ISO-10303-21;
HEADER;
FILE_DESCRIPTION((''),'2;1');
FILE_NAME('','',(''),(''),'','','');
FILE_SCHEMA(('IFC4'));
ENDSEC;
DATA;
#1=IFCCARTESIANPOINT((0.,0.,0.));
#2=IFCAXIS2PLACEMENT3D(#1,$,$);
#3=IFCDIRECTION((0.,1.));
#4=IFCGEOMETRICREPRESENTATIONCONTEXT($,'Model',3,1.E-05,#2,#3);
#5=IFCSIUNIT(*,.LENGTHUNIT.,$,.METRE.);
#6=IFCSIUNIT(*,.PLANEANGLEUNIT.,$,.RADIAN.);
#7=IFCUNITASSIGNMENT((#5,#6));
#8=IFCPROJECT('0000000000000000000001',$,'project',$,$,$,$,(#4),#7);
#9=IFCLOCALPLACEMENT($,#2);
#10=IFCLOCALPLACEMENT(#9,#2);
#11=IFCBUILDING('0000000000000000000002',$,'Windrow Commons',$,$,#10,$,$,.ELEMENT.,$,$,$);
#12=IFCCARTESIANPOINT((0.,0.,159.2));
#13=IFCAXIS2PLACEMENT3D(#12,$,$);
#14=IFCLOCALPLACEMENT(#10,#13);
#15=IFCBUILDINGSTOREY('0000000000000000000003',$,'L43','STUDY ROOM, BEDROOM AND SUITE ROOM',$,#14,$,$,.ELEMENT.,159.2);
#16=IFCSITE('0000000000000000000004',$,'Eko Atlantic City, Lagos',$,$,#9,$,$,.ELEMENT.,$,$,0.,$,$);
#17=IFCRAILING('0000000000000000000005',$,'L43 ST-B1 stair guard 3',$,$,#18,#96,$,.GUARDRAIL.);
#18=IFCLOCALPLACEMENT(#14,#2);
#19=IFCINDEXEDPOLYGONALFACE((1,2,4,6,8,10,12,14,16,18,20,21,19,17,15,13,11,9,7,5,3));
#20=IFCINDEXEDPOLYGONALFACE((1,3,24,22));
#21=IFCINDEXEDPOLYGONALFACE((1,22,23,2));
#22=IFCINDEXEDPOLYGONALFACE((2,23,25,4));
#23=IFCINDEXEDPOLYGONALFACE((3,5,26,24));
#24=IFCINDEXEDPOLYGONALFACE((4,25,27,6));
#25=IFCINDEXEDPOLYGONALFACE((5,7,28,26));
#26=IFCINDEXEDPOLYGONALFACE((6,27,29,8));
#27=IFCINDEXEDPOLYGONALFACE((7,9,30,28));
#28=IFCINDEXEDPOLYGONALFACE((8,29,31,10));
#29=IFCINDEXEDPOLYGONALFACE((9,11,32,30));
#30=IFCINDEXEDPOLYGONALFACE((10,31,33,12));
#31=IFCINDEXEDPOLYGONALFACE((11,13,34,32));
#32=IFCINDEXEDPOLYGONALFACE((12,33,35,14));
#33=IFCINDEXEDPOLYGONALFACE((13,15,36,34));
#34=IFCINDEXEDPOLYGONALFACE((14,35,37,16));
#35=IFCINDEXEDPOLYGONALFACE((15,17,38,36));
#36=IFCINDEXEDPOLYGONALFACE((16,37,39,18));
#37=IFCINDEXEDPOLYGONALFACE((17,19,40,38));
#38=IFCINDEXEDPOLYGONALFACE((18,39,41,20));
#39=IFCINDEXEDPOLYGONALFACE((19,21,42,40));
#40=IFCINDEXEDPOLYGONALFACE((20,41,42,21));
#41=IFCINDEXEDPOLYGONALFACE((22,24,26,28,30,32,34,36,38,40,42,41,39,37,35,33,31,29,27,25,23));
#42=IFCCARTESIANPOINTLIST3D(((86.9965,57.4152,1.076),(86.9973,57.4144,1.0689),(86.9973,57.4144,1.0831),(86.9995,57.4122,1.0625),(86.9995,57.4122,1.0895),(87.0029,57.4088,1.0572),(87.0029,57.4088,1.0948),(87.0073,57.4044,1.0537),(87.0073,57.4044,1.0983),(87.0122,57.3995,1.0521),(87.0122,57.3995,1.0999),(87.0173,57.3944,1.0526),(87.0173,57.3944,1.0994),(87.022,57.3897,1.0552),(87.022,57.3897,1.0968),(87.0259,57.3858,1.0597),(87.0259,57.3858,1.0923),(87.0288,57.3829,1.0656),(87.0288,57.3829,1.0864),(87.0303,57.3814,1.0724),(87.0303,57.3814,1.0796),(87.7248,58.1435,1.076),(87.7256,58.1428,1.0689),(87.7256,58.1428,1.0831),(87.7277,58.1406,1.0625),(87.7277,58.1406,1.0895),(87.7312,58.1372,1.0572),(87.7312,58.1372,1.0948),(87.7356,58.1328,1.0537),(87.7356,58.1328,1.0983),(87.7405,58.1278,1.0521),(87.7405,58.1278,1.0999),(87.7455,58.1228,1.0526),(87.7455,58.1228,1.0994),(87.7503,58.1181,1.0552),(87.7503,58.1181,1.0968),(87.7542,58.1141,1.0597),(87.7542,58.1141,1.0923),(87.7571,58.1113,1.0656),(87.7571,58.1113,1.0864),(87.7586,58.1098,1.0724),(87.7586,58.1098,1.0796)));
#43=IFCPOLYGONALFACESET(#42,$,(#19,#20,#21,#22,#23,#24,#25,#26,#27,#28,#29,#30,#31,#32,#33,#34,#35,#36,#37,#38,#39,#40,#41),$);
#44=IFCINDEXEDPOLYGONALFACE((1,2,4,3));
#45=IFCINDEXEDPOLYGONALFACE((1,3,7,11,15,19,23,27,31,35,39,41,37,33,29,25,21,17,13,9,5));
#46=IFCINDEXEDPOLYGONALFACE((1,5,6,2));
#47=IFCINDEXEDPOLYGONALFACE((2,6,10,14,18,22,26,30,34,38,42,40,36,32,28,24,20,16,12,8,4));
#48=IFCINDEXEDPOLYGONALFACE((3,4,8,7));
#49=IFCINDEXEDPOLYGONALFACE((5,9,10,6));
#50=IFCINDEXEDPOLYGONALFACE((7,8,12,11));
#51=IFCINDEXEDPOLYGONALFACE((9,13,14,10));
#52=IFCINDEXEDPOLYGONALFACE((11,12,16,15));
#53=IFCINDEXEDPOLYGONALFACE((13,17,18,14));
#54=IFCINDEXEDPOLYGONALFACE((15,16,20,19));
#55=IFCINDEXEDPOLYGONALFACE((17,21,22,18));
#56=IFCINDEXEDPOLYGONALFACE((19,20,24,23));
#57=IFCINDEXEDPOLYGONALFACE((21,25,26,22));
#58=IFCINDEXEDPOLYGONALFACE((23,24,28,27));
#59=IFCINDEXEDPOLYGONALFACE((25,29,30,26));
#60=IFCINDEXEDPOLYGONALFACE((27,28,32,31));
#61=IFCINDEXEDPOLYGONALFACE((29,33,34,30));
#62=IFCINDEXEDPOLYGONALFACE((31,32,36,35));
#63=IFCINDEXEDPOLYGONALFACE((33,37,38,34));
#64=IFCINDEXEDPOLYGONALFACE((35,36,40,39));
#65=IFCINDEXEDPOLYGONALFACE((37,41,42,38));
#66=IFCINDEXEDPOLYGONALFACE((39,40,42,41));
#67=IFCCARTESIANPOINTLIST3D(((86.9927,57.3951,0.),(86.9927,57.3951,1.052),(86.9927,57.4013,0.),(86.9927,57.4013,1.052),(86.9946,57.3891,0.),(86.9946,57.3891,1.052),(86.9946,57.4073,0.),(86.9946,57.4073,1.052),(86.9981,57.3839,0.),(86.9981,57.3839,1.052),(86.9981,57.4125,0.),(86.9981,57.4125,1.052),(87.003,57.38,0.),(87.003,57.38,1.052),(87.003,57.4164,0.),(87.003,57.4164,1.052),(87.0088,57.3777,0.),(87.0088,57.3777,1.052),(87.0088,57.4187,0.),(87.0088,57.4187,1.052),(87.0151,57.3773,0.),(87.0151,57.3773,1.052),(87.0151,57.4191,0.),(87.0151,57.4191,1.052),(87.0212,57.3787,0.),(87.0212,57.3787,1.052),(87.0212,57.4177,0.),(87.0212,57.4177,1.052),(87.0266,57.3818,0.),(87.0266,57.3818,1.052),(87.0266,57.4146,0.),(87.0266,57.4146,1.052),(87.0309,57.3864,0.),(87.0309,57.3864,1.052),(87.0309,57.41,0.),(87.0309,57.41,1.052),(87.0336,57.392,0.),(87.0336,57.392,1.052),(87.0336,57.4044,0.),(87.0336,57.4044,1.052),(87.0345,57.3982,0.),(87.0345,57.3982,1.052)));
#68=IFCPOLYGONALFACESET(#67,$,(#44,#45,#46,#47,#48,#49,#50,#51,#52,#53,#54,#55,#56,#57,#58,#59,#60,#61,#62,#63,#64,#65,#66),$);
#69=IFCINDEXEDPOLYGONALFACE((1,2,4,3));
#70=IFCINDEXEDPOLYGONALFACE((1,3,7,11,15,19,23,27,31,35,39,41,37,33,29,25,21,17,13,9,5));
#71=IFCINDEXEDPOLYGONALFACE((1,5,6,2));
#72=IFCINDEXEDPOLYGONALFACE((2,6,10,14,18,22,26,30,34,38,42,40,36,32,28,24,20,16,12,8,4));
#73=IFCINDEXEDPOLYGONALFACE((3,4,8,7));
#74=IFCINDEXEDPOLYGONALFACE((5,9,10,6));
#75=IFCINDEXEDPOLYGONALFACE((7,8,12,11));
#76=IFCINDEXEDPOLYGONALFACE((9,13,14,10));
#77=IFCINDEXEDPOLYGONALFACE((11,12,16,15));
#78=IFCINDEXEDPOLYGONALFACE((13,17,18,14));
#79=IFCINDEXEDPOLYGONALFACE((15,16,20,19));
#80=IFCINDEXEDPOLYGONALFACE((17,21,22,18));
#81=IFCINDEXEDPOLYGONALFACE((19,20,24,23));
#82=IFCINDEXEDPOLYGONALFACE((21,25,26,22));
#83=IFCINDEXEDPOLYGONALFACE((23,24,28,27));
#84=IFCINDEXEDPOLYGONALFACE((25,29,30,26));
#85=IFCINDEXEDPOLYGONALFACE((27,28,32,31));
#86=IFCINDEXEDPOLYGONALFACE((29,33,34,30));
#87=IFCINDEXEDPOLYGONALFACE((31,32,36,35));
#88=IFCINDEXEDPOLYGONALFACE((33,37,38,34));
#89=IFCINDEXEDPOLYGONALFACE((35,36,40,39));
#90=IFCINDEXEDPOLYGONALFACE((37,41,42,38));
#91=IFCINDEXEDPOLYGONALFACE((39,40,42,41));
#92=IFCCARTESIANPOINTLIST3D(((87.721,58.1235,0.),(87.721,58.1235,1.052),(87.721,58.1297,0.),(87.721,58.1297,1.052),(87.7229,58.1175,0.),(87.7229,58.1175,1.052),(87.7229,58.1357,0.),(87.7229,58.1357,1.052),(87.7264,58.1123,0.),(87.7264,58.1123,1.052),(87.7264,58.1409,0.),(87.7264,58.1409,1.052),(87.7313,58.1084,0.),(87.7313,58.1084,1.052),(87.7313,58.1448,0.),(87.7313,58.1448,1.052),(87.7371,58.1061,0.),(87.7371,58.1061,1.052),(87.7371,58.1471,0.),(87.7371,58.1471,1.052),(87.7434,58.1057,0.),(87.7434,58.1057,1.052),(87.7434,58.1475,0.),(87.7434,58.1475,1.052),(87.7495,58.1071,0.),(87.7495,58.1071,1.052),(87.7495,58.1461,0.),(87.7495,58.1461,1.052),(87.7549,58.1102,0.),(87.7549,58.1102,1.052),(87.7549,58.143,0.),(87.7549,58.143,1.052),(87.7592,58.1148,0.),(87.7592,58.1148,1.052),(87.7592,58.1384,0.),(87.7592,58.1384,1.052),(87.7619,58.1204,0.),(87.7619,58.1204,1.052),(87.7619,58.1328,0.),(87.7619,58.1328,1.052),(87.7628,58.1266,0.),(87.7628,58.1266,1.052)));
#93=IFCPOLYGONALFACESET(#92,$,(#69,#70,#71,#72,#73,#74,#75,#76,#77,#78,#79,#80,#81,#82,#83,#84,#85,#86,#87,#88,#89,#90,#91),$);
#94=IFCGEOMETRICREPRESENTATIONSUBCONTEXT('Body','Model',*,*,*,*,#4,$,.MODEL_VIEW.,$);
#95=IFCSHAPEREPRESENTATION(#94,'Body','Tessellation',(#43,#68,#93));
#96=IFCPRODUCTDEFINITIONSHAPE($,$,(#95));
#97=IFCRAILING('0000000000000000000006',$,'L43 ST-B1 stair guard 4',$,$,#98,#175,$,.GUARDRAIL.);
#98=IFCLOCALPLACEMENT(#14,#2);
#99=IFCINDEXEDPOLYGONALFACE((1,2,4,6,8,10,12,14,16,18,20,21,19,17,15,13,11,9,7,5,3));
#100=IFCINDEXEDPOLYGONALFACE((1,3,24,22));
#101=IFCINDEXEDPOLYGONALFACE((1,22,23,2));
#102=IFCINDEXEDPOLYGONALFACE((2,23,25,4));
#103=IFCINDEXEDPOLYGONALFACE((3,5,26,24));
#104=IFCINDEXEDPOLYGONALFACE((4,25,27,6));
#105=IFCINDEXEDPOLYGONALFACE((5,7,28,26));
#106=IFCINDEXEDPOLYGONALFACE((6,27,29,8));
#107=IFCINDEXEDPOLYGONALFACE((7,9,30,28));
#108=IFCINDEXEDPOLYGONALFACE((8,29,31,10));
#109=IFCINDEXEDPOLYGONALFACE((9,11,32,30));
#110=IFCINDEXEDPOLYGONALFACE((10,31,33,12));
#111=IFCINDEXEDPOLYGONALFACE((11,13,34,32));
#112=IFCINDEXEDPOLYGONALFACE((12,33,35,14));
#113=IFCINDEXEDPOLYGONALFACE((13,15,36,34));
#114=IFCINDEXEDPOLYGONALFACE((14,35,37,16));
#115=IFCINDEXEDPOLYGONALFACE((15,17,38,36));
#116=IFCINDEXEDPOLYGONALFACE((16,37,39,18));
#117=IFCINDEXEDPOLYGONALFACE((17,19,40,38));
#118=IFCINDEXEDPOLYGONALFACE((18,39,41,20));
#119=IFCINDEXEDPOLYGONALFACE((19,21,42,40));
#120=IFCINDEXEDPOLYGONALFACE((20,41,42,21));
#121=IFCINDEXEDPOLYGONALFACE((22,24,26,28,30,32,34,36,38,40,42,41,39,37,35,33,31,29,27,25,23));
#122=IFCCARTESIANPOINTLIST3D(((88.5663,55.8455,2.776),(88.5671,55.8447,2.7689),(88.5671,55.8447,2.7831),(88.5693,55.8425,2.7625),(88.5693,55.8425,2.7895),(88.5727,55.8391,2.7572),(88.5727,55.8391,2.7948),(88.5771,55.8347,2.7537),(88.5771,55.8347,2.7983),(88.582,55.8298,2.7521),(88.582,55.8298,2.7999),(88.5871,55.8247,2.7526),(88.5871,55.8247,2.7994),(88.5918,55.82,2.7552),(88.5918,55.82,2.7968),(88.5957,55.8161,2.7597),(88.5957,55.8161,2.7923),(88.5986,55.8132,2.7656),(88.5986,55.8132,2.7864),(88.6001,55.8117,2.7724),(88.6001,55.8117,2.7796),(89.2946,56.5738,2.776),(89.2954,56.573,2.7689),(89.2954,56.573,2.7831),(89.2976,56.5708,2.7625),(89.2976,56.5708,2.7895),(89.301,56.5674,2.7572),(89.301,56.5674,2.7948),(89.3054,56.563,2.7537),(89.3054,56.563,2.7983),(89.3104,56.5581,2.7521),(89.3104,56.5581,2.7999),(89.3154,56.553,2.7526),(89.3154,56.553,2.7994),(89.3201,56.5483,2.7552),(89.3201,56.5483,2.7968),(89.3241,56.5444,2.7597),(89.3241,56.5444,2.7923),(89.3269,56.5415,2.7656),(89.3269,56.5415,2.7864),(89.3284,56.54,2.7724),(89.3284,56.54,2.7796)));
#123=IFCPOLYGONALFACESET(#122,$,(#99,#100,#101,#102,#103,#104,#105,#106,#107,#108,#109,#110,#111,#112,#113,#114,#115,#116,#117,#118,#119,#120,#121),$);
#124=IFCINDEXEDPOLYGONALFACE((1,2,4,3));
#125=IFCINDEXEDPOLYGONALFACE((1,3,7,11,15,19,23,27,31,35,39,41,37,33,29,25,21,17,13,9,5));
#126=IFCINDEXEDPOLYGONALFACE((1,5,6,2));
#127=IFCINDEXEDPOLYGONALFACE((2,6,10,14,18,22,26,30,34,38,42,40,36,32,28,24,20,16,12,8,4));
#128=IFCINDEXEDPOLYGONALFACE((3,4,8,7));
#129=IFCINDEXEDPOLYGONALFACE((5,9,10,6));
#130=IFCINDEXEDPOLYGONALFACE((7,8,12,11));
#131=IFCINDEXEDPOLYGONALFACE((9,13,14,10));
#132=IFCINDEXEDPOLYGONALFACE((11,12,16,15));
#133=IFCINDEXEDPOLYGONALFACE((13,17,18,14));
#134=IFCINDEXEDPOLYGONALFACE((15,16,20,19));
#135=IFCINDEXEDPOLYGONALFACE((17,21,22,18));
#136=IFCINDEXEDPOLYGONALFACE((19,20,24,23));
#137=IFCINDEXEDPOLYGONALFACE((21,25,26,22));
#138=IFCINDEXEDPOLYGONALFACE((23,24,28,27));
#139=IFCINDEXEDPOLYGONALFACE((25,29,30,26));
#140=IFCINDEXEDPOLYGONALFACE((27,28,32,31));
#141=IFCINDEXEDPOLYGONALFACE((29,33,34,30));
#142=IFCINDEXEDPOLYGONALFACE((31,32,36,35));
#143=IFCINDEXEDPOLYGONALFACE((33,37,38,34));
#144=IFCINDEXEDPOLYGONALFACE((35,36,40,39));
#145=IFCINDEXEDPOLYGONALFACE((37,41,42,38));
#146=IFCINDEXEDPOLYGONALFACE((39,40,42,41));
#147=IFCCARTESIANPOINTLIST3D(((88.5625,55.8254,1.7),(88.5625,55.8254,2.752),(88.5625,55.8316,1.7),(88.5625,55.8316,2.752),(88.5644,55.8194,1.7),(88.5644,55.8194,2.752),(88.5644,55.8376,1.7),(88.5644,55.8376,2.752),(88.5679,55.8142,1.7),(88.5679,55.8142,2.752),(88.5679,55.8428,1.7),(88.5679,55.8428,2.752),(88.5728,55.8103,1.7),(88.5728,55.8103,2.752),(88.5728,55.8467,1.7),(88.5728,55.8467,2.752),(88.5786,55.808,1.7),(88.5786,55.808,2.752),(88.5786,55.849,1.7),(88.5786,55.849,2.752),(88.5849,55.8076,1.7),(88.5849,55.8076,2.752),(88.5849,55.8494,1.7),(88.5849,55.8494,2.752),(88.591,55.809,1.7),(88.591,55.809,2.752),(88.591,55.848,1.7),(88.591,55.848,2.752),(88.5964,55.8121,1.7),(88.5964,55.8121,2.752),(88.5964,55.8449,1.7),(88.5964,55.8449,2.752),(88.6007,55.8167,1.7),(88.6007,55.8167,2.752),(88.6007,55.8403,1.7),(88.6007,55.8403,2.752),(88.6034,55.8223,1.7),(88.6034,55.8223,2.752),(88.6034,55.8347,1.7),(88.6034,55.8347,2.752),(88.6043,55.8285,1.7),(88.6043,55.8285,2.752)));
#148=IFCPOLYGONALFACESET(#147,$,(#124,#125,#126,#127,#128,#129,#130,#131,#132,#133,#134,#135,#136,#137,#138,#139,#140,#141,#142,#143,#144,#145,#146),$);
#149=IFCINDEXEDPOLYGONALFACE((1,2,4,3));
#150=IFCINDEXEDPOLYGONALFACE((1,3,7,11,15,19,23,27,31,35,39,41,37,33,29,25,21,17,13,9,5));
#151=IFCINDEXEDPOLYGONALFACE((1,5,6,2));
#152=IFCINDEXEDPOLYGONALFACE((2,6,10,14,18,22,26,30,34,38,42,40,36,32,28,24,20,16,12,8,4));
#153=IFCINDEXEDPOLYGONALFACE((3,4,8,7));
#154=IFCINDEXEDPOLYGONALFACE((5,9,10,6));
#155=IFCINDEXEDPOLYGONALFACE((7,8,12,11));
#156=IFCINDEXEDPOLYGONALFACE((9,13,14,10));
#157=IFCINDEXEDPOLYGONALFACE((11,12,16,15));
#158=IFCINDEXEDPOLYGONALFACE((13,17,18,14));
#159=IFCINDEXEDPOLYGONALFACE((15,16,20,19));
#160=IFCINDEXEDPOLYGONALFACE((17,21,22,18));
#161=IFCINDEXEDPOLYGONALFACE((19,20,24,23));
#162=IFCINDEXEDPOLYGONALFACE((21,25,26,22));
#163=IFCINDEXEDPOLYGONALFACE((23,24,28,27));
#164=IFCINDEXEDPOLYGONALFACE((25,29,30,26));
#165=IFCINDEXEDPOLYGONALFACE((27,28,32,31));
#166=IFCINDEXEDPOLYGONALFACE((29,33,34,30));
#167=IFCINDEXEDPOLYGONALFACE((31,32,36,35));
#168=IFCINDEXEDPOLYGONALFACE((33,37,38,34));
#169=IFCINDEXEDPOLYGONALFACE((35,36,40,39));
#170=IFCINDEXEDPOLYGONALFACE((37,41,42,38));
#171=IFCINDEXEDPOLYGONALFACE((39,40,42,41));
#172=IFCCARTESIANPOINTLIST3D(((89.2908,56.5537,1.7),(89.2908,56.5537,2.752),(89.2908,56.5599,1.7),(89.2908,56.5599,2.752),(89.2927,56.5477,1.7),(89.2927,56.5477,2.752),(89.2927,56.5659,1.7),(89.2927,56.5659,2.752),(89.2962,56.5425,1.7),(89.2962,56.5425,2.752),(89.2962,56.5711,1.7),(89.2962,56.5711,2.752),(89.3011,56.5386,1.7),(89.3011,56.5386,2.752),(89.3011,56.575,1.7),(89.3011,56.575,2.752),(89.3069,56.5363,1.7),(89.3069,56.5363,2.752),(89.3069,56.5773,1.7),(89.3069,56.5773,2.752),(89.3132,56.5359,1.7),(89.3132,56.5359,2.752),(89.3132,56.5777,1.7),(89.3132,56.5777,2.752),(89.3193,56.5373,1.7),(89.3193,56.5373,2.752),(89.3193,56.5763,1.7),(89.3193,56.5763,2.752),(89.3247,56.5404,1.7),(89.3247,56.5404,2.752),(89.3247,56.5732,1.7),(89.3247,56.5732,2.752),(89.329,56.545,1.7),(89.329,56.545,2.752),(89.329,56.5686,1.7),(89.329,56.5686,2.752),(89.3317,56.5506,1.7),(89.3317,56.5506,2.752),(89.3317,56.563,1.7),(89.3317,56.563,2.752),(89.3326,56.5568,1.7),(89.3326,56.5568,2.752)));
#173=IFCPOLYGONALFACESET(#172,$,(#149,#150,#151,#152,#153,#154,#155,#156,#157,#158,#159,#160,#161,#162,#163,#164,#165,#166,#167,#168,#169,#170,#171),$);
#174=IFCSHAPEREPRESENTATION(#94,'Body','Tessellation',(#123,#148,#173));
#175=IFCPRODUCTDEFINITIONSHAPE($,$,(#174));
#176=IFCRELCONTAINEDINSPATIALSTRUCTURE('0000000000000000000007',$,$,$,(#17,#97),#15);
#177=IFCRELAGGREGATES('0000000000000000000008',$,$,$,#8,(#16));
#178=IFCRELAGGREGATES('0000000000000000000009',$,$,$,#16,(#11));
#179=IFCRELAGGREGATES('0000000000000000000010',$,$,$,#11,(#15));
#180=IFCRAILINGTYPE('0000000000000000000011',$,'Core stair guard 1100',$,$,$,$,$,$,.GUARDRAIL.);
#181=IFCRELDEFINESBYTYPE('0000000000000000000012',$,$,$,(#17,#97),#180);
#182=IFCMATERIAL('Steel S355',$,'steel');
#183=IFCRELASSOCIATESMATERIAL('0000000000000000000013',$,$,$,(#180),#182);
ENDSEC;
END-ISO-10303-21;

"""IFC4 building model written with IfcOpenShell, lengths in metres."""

from ifc_helpers import new_model, si_unit, direction, frame, origin, origin_2d, place, context, subcontext, project, spatial, circle, extrude, material, type_object, element, save


model = new_model("IFC4")

# Units and contexts
model_context = context("Model", 3, precision=1e-05, world=origin(), true_north=direction((0.0, 1.0)))
body_context = subcontext(model_context, "Body", "Model", "MODEL_VIEW")
ifc_project = project(units=[si_unit("LENGTHUNIT", "METRE"), si_unit("PLANEANGLEUNIT", "RADIAN")], contexts=[model_context])

# Site, building, storey
site_placement = place(None, origin())
site = spatial("IfcSite", under=ifc_project, at=site_placement, Name="Eko Atlantic City, Lagos", CompositionType="ELEMENT", RefElevation=0.0)
building_placement = place(site_placement, origin())
building = spatial("IfcBuilding", under=site, at=building_placement, Name="Windrow Commons", CompositionType="ELEMENT")
storey_placement = place(building_placement, frame((0.0, 0.0, 159.2)))
storey = spatial("IfcBuildingStorey", under=building, at=storey_placement, Name="L43", Description="STUDY ROOM, BEDROOM AND SUITE ROOM", CompositionType="ELEMENT", Elevation=159.2)

# Railings
ifc_material_1 = material(Name="Steel S355", Category="steel")
railing_type_1 = type_object("IfcRailingType", Name="Core stair guard 1100", PredefinedType="GUARDRAIL", material=ifc_material_1)
railing_1_placement = place(storey_placement, frame((87.0135, 57.3982, 0.0)))
element("IfcRailing", 1, at=railing_1_placement, inside=storey, type_object=railing_type_1, Name="L43 ST-B1 stair guard 3", PredefinedType="GUARDRAIL", context=body_context, shape_type="SweptSolid", body=[
    extrude(circle(Radius=0.024, at=origin_2d()), frame((0.0, 0.0, 1.076), z_axis=(0.707058, 0.707155, 0.0), x_axis=(-0.707155, 0.707058, 0.0)), (0.0, 0.0, 1.0), 1.03),
    extrude(circle(Radius=0.021, at=origin_2d()), origin(), (0.0, 0.0, 1.0), 1.052),
    extrude(circle(Radius=0.021, at=origin_2d()), frame((0.7283, 0.7284, 0.0)), (0.0, 0.0, 1.0), 1.052),
])
railing_2_placement = place(storey_placement, frame((88.5833, 55.8285, 1.7)))
element("IfcRailing", 2, at=railing_2_placement, inside=storey, type_object=railing_type_1, Name="L43 ST-B1 stair guard 4", PredefinedType="GUARDRAIL", context=body_context, shape_type="SweptSolid", body=[
    extrude(circle(Radius=0.024, at=origin_2d()), frame((0.0, 0.0, 1.076), z_axis=(0.707107, 0.707107, 0.0), x_axis=(-0.707107, 0.707107, 0.0)), (0.0, 0.0, 1.0), 1.03),
    extrude(circle(Radius=0.021, at=origin_2d()), origin(), (0.0, 0.0, 1.0), 1.052),
    extrude(circle(Radius=0.021, at=origin_2d()), frame((0.7283, 0.7283, 0.0)), (0.0, 0.0, 1.0), 1.052),
])

save(model, "model.ifc")
